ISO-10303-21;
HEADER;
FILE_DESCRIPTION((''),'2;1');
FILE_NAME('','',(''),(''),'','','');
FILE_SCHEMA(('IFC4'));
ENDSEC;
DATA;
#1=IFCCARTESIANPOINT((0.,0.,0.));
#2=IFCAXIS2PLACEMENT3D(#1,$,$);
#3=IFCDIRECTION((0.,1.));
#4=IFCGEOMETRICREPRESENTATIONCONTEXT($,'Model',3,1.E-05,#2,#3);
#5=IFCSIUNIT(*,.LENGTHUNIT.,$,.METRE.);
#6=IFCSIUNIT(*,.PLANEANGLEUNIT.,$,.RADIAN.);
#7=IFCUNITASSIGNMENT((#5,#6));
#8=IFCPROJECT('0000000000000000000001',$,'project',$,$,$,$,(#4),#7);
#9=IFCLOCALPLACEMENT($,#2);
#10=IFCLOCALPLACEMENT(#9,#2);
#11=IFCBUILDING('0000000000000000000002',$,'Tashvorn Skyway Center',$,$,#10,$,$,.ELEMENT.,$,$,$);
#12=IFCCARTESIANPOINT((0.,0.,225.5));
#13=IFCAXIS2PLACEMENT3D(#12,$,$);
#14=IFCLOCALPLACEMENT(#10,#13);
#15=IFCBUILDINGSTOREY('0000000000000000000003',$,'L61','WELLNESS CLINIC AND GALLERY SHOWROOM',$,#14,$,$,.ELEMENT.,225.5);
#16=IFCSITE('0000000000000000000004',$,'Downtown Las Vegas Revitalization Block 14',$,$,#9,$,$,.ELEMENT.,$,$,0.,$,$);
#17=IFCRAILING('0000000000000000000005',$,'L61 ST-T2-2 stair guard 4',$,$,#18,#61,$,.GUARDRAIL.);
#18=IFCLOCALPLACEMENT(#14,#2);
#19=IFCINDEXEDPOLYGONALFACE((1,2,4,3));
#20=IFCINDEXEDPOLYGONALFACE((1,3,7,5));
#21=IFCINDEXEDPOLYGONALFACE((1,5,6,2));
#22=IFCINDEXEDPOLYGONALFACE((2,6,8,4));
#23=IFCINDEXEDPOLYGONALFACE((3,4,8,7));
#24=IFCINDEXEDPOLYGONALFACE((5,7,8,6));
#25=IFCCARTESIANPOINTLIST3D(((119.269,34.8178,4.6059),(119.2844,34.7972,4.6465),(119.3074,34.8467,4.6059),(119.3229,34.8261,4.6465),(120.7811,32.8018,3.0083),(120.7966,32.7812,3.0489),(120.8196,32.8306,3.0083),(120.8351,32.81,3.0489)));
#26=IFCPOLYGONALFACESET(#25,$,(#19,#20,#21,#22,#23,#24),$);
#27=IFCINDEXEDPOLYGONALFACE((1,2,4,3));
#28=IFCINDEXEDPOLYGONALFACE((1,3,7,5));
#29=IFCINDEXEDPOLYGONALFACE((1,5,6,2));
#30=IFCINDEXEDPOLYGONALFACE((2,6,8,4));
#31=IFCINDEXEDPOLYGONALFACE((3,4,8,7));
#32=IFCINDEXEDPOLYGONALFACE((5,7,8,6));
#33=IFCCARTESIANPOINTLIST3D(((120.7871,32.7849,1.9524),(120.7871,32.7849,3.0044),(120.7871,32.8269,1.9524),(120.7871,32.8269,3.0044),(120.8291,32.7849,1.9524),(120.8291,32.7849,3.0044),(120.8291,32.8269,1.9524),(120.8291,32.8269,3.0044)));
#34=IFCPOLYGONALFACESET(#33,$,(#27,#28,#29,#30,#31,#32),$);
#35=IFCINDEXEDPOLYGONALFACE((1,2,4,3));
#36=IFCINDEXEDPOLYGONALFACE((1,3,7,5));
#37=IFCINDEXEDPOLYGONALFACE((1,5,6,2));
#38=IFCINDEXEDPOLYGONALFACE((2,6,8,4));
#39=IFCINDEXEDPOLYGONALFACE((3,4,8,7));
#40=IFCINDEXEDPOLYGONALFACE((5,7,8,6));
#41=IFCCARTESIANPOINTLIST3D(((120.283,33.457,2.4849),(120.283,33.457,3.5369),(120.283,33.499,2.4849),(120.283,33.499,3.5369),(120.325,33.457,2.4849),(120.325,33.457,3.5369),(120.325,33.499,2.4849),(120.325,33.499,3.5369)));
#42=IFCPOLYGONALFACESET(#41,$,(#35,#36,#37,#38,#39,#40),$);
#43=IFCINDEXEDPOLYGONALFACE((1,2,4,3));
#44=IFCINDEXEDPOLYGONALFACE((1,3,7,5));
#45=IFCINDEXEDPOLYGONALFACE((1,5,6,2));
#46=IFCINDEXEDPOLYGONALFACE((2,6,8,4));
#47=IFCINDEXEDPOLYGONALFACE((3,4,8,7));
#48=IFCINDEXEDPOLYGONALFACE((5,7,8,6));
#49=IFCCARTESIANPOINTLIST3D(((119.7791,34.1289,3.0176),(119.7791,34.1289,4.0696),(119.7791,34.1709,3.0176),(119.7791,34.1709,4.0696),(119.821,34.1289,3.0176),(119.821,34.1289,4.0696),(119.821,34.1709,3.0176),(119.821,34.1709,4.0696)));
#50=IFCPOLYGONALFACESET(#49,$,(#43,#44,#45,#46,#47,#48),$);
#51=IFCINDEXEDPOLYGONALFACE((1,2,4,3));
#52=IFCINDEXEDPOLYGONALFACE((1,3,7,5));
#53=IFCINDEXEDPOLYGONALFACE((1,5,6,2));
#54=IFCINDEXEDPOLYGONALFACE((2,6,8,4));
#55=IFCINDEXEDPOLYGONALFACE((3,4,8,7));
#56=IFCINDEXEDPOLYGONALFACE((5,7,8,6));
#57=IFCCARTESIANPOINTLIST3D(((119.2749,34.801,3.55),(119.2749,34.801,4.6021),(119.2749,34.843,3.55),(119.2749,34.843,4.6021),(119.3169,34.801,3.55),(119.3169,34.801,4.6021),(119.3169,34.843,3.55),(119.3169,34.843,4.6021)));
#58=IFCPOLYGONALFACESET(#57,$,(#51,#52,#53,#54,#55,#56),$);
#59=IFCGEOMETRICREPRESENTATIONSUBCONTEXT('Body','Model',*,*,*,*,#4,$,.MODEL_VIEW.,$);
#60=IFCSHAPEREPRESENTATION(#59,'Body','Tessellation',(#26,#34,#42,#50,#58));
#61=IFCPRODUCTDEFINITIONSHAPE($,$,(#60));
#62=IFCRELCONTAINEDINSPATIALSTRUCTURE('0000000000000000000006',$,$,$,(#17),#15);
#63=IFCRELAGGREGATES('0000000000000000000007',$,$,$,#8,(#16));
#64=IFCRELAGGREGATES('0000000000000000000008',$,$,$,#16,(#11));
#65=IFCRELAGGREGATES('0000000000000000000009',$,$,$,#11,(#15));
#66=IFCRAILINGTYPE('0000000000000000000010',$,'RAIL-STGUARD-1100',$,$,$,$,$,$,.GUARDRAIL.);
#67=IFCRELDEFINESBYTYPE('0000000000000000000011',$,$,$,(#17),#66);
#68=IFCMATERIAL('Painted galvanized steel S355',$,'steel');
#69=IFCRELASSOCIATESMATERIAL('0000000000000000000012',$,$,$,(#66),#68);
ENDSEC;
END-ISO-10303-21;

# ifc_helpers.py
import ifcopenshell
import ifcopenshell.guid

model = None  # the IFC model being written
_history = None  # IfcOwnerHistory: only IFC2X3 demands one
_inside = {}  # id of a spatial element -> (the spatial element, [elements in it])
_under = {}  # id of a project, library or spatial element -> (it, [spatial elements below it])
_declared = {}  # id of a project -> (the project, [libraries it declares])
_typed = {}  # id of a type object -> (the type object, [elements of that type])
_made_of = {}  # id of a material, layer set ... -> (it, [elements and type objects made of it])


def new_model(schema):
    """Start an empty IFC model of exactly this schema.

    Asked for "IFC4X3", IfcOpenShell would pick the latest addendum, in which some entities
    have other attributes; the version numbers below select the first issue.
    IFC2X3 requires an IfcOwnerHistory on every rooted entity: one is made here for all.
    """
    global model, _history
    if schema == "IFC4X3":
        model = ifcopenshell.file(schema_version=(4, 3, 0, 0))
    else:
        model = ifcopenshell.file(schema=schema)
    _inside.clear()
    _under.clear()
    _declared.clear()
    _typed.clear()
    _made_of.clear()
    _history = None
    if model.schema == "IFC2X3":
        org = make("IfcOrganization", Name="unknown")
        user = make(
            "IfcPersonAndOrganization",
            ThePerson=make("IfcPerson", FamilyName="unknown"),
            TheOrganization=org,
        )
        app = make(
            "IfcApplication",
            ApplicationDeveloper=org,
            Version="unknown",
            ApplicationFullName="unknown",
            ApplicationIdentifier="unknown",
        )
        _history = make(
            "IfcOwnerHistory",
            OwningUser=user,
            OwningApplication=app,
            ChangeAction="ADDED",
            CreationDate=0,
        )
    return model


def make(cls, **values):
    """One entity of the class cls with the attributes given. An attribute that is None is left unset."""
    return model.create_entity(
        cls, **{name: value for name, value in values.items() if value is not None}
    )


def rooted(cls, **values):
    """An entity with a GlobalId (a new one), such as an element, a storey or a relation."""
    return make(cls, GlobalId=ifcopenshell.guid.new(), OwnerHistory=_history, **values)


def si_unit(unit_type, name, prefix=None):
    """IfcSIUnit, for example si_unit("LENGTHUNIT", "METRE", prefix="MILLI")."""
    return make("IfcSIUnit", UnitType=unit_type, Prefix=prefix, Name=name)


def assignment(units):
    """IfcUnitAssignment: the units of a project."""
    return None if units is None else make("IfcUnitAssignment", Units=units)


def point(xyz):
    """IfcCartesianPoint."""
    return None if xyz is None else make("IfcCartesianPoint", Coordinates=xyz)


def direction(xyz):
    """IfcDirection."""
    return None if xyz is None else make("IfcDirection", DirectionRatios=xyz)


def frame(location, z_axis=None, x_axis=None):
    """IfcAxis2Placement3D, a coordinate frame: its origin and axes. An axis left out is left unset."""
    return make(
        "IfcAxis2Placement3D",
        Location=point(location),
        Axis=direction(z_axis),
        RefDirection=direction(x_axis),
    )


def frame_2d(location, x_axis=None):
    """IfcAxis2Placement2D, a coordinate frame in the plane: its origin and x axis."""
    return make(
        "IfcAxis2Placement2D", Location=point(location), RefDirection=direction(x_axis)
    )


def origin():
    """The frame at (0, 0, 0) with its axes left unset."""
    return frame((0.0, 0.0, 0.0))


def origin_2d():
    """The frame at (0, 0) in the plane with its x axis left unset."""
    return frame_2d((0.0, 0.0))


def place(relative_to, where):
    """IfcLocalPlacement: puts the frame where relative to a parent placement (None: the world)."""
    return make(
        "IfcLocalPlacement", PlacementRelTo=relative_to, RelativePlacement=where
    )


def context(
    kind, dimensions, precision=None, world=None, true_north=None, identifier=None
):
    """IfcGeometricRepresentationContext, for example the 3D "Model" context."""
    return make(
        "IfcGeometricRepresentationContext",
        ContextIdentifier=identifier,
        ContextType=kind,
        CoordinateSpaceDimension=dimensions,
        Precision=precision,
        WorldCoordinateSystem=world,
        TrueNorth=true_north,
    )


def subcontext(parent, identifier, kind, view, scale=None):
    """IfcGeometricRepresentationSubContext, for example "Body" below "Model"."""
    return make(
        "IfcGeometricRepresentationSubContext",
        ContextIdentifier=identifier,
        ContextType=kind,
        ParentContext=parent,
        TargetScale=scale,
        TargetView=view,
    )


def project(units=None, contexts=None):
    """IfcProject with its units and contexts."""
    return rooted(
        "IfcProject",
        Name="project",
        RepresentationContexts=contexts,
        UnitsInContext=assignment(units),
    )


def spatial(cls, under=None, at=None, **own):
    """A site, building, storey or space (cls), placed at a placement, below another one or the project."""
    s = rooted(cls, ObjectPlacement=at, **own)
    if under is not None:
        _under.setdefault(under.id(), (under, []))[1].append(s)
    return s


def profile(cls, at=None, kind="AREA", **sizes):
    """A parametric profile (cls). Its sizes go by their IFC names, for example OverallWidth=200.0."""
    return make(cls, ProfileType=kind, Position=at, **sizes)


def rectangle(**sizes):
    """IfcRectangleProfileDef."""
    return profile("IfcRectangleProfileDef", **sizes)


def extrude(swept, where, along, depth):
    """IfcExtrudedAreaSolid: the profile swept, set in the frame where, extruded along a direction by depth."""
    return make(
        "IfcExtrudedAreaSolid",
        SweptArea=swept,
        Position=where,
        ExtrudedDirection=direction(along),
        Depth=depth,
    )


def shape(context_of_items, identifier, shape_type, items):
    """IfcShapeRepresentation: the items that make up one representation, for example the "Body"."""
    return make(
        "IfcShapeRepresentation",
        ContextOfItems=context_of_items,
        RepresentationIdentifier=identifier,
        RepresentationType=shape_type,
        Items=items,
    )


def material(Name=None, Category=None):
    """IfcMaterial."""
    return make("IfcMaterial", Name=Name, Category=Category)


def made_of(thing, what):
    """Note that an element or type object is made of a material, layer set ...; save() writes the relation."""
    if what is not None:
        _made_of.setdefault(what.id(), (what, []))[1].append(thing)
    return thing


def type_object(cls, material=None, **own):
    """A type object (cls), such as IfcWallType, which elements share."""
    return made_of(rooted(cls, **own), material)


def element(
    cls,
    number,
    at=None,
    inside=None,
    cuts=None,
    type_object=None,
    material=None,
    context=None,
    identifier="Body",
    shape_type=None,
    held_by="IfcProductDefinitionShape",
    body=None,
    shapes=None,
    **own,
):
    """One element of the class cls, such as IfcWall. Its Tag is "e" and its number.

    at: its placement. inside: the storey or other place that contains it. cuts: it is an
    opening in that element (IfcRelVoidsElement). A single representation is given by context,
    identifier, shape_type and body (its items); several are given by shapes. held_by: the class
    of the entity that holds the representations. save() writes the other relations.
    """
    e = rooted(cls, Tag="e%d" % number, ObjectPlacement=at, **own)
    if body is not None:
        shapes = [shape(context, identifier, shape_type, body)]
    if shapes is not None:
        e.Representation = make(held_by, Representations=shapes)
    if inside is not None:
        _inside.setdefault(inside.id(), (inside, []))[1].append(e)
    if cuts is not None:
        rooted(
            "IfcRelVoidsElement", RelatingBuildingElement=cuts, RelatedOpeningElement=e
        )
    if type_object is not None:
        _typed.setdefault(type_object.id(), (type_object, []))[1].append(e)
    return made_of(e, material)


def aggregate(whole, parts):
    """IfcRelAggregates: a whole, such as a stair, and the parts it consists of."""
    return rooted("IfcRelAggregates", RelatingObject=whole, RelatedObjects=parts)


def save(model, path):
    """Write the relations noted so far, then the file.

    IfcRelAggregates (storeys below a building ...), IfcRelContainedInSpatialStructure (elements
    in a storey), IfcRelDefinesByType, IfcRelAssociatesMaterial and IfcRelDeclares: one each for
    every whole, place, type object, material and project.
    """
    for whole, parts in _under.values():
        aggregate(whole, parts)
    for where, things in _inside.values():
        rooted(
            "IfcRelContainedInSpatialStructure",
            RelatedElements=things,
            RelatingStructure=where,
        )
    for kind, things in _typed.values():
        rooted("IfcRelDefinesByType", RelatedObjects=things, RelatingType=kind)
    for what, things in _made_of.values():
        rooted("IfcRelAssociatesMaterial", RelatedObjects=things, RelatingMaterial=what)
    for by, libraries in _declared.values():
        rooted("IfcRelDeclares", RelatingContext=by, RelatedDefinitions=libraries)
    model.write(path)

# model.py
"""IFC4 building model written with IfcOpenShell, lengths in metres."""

from ifc_helpers import new_model, si_unit, direction, frame, origin, origin_2d, place, context, subcontext, project, spatial, rectangle, extrude, material, type_object, element, save


model = new_model("IFC4")

# Units and contexts
model_context = context("Model", 3, precision=1e-05, world=origin(), true_north=direction((0.0, 1.0)))
body_context = subcontext(model_context, "Body", "Model", "MODEL_VIEW")
ifc_project = project(units=[si_unit("LENGTHUNIT", "METRE"), si_unit("PLANEANGLEUNIT", "RADIAN")], contexts=[model_context])

# Site, building, storey
site_placement = place(None, origin())
site = spatial("IfcSite", under=ifc_project, at=site_placement, Name="Downtown Las Vegas Revitalization Block 14", CompositionType="ELEMENT", RefElevation=0.0)
building_placement = place(site_placement, origin())
building = spatial("IfcBuilding", under=site, at=building_placement, Name="Tashvorn Skyway Center", CompositionType="ELEMENT")
storey_placement = place(building_placement, frame((0.0, 0.0, 225.5)))
storey = spatial("IfcBuildingStorey", under=building, at=storey_placement, Name="L61", Description="WELLNESS CLINIC AND GALLERY SHOWROOM", CompositionType="ELEMENT", Elevation=225.5)

# Railing
ifc_material_1 = material(Name="Painted galvanized steel S355", Category="steel")
railing_type_1 = type_object("IfcRailingType", Name="RAIL-STGUARD-1100", PredefinedType="GUARDRAIL", material=ifc_material_1)
railing_1_placement = place(storey_placement, frame((120.8081, 32.8059, 1.9524)))
element("IfcRailing", 1, at=railing_1_placement, inside=storey, type_object=railing_type_1, Name="L61 ST-T2-2 stair guard 4", PredefinedType="GUARDRAIL", context=body_context, shape_type="SweptSolid", body=[
    extrude(rectangle(XDim=0.0481, YDim=0.0481, at=origin_2d()), frame((0.0, 0.0, 1.0762), z_axis=(-0.506779, 0.675651, 0.535416), x_axis=(-0.799977, -0.600031, 0.0)), (0.0, 0.0, 1.0), 2.9839),
    extrude(rectangle(XDim=0.042, YDim=0.042, at=origin_2d()), origin(), (0.0, 0.0, 1.0), 1.052),
    extrude(rectangle(XDim=0.042, YDim=0.042, at=origin_2d()), frame((-0.5042, 0.6721, 0.5325)), (0.0, 0.0, 1.0), 1.052),
    extrude(rectangle(XDim=0.042, YDim=0.042, at=origin_2d()), frame((-1.0081, 1.344, 1.0652)), (0.0, 0.0, 1.0), 1.052),
    extrude(rectangle(XDim=0.042, YDim=0.042, at=origin_2d()), frame((-1.5122, 2.0161, 1.5977)), (0.0, 0.0, 1.0), 1.052),
])

save(model, "model.ifc")
